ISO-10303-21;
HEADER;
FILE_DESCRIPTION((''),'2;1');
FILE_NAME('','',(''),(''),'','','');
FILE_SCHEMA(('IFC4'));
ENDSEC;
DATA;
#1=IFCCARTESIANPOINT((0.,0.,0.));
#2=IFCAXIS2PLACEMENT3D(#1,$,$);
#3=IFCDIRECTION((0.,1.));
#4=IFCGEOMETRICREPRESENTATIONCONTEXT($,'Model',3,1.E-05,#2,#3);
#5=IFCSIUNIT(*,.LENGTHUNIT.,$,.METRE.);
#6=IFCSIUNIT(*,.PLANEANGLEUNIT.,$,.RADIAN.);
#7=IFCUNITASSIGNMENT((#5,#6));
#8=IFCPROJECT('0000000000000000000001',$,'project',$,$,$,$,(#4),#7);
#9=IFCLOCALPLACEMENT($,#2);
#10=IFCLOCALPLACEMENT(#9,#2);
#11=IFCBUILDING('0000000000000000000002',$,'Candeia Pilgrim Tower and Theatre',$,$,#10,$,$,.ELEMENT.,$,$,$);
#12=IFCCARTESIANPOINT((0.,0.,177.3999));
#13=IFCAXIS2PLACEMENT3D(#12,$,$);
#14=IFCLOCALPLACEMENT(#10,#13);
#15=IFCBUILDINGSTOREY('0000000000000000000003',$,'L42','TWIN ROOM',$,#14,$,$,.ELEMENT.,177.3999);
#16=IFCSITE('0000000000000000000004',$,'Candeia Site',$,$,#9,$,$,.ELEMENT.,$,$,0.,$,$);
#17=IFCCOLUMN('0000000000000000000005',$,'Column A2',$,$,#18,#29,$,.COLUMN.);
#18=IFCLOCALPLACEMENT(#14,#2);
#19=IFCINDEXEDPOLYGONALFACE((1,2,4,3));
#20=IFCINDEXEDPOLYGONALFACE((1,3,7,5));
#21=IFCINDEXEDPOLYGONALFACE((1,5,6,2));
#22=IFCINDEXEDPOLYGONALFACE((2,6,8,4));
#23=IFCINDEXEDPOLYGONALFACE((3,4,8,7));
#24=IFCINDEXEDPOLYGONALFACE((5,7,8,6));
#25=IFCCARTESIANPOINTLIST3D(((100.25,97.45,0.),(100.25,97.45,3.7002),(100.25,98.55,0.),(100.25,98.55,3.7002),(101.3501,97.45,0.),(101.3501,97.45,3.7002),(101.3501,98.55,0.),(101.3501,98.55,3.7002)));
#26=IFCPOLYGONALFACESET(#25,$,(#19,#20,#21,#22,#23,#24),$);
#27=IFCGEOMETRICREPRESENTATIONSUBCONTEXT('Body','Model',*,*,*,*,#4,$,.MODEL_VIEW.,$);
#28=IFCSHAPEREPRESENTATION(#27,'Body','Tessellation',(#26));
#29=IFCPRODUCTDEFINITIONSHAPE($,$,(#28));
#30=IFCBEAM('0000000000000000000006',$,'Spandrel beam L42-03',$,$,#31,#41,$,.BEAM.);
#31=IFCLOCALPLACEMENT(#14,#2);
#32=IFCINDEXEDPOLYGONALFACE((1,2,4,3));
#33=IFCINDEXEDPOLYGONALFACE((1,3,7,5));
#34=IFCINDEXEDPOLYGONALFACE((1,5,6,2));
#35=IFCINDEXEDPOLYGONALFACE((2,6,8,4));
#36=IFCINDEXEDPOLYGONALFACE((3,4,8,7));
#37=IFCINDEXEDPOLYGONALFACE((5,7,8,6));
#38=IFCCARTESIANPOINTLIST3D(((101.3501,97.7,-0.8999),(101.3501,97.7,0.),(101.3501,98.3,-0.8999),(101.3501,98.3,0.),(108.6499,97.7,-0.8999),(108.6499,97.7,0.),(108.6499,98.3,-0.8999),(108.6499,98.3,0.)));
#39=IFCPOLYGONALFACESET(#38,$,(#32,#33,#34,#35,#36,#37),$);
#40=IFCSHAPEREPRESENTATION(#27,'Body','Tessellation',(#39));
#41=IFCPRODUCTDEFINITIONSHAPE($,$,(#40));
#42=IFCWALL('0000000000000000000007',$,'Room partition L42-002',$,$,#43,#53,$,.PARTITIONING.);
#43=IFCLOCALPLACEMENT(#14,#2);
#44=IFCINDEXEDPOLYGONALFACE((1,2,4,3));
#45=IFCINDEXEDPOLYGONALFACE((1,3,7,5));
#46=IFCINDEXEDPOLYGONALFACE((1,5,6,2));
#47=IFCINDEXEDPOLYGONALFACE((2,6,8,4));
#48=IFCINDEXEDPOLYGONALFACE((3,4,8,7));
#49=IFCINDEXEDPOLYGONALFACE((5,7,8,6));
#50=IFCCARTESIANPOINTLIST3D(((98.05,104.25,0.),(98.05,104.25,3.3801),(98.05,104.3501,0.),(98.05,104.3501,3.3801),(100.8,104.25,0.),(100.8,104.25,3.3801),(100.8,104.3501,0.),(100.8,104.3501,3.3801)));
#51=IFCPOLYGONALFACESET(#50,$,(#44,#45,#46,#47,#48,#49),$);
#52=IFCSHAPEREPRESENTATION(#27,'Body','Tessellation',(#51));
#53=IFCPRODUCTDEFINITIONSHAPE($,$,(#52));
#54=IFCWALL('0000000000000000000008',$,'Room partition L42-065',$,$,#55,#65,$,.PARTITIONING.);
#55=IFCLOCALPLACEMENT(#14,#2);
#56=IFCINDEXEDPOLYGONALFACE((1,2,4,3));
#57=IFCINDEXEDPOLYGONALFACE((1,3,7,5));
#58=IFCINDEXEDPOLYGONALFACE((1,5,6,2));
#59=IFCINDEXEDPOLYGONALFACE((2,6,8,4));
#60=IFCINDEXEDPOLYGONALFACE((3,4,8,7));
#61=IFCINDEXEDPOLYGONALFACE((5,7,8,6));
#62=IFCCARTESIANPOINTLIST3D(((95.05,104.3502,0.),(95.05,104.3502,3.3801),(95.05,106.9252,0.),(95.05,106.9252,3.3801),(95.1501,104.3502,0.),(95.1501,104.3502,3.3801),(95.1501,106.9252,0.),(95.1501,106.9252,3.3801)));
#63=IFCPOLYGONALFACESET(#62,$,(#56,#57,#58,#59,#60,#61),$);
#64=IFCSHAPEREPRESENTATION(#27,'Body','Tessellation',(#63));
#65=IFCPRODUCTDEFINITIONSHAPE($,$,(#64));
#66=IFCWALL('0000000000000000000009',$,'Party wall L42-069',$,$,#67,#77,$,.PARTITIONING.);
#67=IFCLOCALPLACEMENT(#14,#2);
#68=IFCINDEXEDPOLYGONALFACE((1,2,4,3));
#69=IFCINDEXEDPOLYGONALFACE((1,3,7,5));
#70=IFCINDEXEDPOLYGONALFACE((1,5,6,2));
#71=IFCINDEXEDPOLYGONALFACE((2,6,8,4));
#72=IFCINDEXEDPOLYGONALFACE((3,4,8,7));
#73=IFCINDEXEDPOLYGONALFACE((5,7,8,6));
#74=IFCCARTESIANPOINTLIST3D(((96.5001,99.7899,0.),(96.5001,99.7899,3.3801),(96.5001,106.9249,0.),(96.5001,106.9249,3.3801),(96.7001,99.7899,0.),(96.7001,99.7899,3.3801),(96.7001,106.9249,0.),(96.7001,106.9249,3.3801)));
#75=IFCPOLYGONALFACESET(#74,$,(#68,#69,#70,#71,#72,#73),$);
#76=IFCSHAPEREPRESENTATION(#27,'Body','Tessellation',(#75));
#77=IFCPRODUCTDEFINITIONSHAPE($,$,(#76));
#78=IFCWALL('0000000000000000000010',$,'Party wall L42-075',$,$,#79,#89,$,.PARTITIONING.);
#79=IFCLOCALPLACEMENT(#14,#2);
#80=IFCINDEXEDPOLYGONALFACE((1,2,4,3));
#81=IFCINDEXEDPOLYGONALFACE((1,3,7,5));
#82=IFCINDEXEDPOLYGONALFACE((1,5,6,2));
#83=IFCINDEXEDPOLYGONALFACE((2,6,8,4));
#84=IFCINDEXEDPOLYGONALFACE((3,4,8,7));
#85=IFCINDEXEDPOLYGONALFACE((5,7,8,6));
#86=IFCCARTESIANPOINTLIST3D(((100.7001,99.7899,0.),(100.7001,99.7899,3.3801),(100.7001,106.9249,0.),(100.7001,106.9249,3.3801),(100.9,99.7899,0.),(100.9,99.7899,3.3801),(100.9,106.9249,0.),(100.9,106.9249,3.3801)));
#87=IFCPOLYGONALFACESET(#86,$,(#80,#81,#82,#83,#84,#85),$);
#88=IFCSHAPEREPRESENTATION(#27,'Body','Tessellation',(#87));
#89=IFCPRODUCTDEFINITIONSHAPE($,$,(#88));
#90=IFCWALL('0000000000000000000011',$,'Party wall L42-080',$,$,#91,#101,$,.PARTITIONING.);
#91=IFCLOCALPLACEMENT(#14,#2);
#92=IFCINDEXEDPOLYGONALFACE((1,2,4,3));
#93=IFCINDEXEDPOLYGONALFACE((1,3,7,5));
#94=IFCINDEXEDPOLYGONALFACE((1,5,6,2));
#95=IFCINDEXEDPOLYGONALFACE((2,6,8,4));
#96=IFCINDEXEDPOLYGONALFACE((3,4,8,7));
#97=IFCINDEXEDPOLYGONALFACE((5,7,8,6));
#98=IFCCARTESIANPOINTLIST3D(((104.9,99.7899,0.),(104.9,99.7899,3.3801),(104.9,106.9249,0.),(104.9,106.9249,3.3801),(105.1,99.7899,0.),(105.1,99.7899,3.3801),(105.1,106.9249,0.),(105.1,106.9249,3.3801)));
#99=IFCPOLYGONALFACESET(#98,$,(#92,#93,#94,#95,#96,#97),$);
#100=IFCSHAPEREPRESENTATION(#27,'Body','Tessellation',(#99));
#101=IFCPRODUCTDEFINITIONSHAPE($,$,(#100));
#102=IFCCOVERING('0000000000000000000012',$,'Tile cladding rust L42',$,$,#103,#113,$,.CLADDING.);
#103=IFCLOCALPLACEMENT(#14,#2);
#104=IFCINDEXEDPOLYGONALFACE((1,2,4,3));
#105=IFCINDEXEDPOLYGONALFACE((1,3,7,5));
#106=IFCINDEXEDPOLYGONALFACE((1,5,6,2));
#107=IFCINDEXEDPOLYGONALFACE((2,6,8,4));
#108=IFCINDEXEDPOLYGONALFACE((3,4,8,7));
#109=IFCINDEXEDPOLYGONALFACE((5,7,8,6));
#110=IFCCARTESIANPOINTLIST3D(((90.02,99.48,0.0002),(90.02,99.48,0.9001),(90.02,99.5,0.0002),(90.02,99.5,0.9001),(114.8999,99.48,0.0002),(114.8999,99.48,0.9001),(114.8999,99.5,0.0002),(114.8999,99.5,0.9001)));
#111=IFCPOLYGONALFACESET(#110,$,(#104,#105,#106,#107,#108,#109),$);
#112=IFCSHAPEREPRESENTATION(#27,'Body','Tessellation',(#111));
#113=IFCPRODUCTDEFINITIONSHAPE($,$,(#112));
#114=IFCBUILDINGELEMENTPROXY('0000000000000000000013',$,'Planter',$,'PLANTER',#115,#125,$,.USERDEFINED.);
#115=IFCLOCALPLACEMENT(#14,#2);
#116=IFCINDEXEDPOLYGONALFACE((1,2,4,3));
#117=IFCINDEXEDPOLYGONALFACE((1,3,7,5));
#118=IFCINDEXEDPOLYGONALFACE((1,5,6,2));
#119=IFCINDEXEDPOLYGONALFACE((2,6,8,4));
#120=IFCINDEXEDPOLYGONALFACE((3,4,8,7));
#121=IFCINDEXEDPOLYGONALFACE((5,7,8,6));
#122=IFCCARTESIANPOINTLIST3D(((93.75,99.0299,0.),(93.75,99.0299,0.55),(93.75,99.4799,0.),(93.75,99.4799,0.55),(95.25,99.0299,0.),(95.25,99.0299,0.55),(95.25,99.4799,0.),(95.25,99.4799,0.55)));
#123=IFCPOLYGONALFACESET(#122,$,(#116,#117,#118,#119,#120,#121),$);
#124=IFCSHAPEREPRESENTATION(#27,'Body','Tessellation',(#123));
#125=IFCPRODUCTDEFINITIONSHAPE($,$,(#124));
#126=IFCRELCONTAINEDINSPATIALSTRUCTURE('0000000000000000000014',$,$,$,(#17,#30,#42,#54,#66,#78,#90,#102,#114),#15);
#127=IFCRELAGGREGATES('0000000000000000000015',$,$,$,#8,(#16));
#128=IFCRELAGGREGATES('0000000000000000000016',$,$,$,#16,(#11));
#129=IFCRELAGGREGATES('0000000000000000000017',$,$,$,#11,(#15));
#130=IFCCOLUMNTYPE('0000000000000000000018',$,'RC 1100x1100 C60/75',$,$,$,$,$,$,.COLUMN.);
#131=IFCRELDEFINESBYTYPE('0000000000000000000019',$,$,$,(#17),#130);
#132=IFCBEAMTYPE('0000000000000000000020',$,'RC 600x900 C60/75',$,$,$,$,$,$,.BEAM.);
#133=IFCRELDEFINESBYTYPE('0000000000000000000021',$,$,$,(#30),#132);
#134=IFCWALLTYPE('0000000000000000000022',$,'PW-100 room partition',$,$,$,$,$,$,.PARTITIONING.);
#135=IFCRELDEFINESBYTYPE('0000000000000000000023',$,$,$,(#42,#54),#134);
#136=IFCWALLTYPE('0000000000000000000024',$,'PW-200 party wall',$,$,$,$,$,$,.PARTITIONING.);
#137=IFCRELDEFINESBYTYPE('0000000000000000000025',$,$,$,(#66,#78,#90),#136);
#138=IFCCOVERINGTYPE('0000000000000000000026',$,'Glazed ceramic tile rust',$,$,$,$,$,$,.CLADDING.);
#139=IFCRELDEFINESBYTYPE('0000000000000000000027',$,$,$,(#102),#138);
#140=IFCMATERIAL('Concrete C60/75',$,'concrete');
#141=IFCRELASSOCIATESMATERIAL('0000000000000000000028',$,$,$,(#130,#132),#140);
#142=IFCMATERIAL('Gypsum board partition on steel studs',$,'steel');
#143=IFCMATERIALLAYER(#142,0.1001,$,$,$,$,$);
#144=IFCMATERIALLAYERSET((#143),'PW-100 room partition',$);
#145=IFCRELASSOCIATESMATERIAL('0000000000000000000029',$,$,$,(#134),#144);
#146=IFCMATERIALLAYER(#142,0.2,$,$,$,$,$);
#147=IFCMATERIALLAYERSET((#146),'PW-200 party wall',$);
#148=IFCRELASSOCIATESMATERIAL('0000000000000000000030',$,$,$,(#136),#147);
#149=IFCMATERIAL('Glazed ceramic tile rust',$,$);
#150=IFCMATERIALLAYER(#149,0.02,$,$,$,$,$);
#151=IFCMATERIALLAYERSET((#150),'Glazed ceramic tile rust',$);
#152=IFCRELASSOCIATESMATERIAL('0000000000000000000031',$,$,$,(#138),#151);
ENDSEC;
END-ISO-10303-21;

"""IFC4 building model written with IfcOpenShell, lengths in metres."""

from ifc_helpers import new_model, si_unit, direction, frame, frame_2d, origin, origin_2d, place, context, subcontext, project, spatial, rectangle, extrude, material, layer, layer_set, material_profile, profile_set, type_object, element, save


model = new_model("IFC4")

# Units and contexts
model_context = context("Model", 3, precision=1e-05, world=origin(), true_north=direction((0.0, 1.0)))
body_context = subcontext(model_context, "Body", "Model", "MODEL_VIEW")
ifc_project = project(units=[si_unit("LENGTHUNIT", "METRE"), si_unit("PLANEANGLEUNIT", "RADIAN")], contexts=[model_context])

# Site, building, storey
site_placement = place(None, origin())
site = spatial("IfcSite", under=ifc_project, at=site_placement, Name="Candeia Site", CompositionType="ELEMENT", RefElevation=0.0)
building_placement = place(site_placement, origin())
building = spatial("IfcBuilding", under=site, at=building_placement, Name="Candeia Pilgrim Tower and Theatre", CompositionType="ELEMENT")
storey_placement = place(building_placement, frame((0.0, 0.0, 177.3999)))
storey = spatial("IfcBuildingStorey", under=building, at=storey_placement, Name="L42", Description="TWIN ROOM", CompositionType="ELEMENT", Elevation=177.3999)

# Column
ifc_material_1 = material(Name="Concrete C60/75", Category="concrete")
ifc_material_profile_1 = material_profile(ifc_material_1, rectangle(XDim=1.1001, YDim=1.1001, at=origin_2d()))
ifc_profile_set_1 = profile_set([ifc_material_profile_1], Name="Concrete C60/75")
column_type = type_object("IfcColumnType", Name="RC 1100x1100 C60/75", PredefinedType="COLUMN", material=ifc_profile_set_1)
column_placement = place(storey_placement, frame((100.8, 98.0, 0.0), z_axis=(0.0, 0.0, 1.0), x_axis=(1.0, 0.0, 0.0)))
element("IfcColumn", 1, at=column_placement, inside=storey, type_object=column_type, Name="Column A2", PredefinedType="COLUMN", context=body_context, shape_type="SweptSolid", body=[
    extrude(rectangle(XDim=1.1001, YDim=1.1001, at=origin_2d()), origin(), (0.0, 0.0, 1.0), 3.7002),
])

# Beam
ifc_material_profile_2 = material_profile(ifc_material_1, rectangle(XDim=0.6001, YDim=0.8999, at=origin_2d()))
ifc_profile_set_2 = profile_set([ifc_material_profile_2], Name="Concrete C60/75")
beam_type = type_object("IfcBeamType", Name="RC 600x900 C60/75", PredefinedType="BEAM", material=ifc_profile_set_2)
beam_placement = place(storey_placement, frame((101.3501, 98.0, -0.45), z_axis=(1.0, 0.0, 0.0), x_axis=(0.0, 1.0, 0.0)))
element("IfcBeam", 2, at=beam_placement, inside=storey, type_object=beam_type, Name="Spandrel beam L42-03", PredefinedType="BEAM", context=body_context, shape_type="SweptSolid", body=[
    extrude(rectangle(XDim=0.6001, YDim=0.8999, at=origin_2d()), origin(), (0.0, 0.0, 1.0), 7.2998),
])

# Walls
ifc_material_2 = material(Name="Gypsum board partition on steel studs", Category="steel")
ifc_layer_1 = layer(ifc_material_2, 0.1001)
ifc_layer_set_1 = layer_set([ifc_layer_1], Name="PW-100 room partition")
wall_type_1 = type_object("IfcWallType", Name="PW-100 room partition", PredefinedType="PARTITIONING", material=ifc_layer_set_1)
wall_1_placement = place(storey_placement, frame((98.05, 104.3, 0.0), z_axis=(0.0, 0.0, 1.0), x_axis=(1.0, 0.0, 0.0)))
element("IfcWall", 3, at=wall_1_placement, inside=storey, type_object=wall_type_1, Name="Room partition L42-002", PredefinedType="PARTITIONING", context=body_context, shape_type="SweptSolid", body=[
    extrude(rectangle(XDim=2.75, YDim=0.1001, at=frame_2d((1.375, 0.0))), origin(), (0.0, 0.0, 1.0), 3.3801),
])
wall_2_placement = place(storey_placement, frame((95.1001, 104.3501, 0.0), z_axis=(0.0, 0.0, 1.0), x_axis=(0.0, 1.0, 0.0)))
element("IfcWall", 4, at=wall_2_placement, inside=storey, type_object=wall_type_1, Name="Room partition L42-065", PredefinedType="PARTITIONING", context=body_context, shape_type="SweptSolid", body=[
    extrude(rectangle(XDim=2.575, YDim=0.1001, at=frame_2d((1.2876, 0.0))), origin(), (0.0, 0.0, 1.0), 3.3801),
])
ifc_layer_2 = layer(ifc_material_2, 0.2)
ifc_layer_set_2 = layer_set([ifc_layer_2], Name="PW-200 party wall")
wall_type_2 = type_object("IfcWallType", Name="PW-200 party wall", PredefinedType="PARTITIONING", material=ifc_layer_set_2)
for number, where, z_axis, x_axis, name in (
    (5, (96.6001, 99.79, 0.0), (0.0, 0.0, 1.0), (0.0, 1.0, 0.0), "Party wall L42-069"),
    (6, (100.8, 99.79, 0.0), (0.0, 0.0, 1.0), (0.0, 1.0, 0.0), "Party wall L42-075"),
    (7, (105.0, 99.79, 0.0), (0.0, 0.0, 1.0), (0.0, 1.0, 0.0), "Party wall L42-080"),
):
    element("IfcWall", number, at=place(storey_placement, frame(where, z_axis=z_axis, x_axis=x_axis)), inside=storey, type_object=wall_type_2, Name=name, PredefinedType="PARTITIONING", context=body_context, shape_type="SweptSolid", body=[
        extrude(rectangle(XDim=7.135, YDim=0.2, at=frame_2d((3.5674, 0.0))), origin(), (0.0, 0.0, 1.0), 3.3801),
    ])

# Covering
ifc_material_3 = material(Name="Glazed ceramic tile rust")
ifc_layer_3 = layer(ifc_material_3, 0.02)
ifc_layer_set_3 = layer_set([ifc_layer_3], Name="Glazed ceramic tile rust")
covering_type = type_object("IfcCoveringType", Name="Glazed ceramic tile rust", PredefinedType="CLADDING", material=ifc_layer_set_3)
covering_placement = place(storey_placement, frame((102.46, 99.49, 0.0002), z_axis=(0.0, 0.0, 1.0), x_axis=(1.0, 0.0, 0.0)))
element("IfcCovering", 8, at=covering_placement, inside=storey, type_object=covering_type, Name="Tile cladding rust L42", PredefinedType="CLADDING", context=body_context, shape_type="SweptSolid", body=[
    extrude(rectangle(XDim=24.8799, YDim=0.02, at=origin_2d()), origin(), (0.0, 0.0, 1.0), 0.8999),
])

# Building element proxy
proxy_placement = place(storey_placement, frame((94.5, 99.2549, 0.0), z_axis=(0.0, 0.0, 1.0), x_axis=(1.0, 0.0, 0.0)))
element("IfcBuildingElementProxy", 9, at=proxy_placement, inside=storey, Name="Planter", ObjectType="PLANTER", PredefinedType="USERDEFINED", context=body_context, shape_type="SweptSolid", body=[
    extrude(rectangle(XDim=1.5, YDim=0.45, at=origin_2d()), origin(), (0.0, 0.0, 1.0), 0.55),
])

save(model, "model.ifc")
